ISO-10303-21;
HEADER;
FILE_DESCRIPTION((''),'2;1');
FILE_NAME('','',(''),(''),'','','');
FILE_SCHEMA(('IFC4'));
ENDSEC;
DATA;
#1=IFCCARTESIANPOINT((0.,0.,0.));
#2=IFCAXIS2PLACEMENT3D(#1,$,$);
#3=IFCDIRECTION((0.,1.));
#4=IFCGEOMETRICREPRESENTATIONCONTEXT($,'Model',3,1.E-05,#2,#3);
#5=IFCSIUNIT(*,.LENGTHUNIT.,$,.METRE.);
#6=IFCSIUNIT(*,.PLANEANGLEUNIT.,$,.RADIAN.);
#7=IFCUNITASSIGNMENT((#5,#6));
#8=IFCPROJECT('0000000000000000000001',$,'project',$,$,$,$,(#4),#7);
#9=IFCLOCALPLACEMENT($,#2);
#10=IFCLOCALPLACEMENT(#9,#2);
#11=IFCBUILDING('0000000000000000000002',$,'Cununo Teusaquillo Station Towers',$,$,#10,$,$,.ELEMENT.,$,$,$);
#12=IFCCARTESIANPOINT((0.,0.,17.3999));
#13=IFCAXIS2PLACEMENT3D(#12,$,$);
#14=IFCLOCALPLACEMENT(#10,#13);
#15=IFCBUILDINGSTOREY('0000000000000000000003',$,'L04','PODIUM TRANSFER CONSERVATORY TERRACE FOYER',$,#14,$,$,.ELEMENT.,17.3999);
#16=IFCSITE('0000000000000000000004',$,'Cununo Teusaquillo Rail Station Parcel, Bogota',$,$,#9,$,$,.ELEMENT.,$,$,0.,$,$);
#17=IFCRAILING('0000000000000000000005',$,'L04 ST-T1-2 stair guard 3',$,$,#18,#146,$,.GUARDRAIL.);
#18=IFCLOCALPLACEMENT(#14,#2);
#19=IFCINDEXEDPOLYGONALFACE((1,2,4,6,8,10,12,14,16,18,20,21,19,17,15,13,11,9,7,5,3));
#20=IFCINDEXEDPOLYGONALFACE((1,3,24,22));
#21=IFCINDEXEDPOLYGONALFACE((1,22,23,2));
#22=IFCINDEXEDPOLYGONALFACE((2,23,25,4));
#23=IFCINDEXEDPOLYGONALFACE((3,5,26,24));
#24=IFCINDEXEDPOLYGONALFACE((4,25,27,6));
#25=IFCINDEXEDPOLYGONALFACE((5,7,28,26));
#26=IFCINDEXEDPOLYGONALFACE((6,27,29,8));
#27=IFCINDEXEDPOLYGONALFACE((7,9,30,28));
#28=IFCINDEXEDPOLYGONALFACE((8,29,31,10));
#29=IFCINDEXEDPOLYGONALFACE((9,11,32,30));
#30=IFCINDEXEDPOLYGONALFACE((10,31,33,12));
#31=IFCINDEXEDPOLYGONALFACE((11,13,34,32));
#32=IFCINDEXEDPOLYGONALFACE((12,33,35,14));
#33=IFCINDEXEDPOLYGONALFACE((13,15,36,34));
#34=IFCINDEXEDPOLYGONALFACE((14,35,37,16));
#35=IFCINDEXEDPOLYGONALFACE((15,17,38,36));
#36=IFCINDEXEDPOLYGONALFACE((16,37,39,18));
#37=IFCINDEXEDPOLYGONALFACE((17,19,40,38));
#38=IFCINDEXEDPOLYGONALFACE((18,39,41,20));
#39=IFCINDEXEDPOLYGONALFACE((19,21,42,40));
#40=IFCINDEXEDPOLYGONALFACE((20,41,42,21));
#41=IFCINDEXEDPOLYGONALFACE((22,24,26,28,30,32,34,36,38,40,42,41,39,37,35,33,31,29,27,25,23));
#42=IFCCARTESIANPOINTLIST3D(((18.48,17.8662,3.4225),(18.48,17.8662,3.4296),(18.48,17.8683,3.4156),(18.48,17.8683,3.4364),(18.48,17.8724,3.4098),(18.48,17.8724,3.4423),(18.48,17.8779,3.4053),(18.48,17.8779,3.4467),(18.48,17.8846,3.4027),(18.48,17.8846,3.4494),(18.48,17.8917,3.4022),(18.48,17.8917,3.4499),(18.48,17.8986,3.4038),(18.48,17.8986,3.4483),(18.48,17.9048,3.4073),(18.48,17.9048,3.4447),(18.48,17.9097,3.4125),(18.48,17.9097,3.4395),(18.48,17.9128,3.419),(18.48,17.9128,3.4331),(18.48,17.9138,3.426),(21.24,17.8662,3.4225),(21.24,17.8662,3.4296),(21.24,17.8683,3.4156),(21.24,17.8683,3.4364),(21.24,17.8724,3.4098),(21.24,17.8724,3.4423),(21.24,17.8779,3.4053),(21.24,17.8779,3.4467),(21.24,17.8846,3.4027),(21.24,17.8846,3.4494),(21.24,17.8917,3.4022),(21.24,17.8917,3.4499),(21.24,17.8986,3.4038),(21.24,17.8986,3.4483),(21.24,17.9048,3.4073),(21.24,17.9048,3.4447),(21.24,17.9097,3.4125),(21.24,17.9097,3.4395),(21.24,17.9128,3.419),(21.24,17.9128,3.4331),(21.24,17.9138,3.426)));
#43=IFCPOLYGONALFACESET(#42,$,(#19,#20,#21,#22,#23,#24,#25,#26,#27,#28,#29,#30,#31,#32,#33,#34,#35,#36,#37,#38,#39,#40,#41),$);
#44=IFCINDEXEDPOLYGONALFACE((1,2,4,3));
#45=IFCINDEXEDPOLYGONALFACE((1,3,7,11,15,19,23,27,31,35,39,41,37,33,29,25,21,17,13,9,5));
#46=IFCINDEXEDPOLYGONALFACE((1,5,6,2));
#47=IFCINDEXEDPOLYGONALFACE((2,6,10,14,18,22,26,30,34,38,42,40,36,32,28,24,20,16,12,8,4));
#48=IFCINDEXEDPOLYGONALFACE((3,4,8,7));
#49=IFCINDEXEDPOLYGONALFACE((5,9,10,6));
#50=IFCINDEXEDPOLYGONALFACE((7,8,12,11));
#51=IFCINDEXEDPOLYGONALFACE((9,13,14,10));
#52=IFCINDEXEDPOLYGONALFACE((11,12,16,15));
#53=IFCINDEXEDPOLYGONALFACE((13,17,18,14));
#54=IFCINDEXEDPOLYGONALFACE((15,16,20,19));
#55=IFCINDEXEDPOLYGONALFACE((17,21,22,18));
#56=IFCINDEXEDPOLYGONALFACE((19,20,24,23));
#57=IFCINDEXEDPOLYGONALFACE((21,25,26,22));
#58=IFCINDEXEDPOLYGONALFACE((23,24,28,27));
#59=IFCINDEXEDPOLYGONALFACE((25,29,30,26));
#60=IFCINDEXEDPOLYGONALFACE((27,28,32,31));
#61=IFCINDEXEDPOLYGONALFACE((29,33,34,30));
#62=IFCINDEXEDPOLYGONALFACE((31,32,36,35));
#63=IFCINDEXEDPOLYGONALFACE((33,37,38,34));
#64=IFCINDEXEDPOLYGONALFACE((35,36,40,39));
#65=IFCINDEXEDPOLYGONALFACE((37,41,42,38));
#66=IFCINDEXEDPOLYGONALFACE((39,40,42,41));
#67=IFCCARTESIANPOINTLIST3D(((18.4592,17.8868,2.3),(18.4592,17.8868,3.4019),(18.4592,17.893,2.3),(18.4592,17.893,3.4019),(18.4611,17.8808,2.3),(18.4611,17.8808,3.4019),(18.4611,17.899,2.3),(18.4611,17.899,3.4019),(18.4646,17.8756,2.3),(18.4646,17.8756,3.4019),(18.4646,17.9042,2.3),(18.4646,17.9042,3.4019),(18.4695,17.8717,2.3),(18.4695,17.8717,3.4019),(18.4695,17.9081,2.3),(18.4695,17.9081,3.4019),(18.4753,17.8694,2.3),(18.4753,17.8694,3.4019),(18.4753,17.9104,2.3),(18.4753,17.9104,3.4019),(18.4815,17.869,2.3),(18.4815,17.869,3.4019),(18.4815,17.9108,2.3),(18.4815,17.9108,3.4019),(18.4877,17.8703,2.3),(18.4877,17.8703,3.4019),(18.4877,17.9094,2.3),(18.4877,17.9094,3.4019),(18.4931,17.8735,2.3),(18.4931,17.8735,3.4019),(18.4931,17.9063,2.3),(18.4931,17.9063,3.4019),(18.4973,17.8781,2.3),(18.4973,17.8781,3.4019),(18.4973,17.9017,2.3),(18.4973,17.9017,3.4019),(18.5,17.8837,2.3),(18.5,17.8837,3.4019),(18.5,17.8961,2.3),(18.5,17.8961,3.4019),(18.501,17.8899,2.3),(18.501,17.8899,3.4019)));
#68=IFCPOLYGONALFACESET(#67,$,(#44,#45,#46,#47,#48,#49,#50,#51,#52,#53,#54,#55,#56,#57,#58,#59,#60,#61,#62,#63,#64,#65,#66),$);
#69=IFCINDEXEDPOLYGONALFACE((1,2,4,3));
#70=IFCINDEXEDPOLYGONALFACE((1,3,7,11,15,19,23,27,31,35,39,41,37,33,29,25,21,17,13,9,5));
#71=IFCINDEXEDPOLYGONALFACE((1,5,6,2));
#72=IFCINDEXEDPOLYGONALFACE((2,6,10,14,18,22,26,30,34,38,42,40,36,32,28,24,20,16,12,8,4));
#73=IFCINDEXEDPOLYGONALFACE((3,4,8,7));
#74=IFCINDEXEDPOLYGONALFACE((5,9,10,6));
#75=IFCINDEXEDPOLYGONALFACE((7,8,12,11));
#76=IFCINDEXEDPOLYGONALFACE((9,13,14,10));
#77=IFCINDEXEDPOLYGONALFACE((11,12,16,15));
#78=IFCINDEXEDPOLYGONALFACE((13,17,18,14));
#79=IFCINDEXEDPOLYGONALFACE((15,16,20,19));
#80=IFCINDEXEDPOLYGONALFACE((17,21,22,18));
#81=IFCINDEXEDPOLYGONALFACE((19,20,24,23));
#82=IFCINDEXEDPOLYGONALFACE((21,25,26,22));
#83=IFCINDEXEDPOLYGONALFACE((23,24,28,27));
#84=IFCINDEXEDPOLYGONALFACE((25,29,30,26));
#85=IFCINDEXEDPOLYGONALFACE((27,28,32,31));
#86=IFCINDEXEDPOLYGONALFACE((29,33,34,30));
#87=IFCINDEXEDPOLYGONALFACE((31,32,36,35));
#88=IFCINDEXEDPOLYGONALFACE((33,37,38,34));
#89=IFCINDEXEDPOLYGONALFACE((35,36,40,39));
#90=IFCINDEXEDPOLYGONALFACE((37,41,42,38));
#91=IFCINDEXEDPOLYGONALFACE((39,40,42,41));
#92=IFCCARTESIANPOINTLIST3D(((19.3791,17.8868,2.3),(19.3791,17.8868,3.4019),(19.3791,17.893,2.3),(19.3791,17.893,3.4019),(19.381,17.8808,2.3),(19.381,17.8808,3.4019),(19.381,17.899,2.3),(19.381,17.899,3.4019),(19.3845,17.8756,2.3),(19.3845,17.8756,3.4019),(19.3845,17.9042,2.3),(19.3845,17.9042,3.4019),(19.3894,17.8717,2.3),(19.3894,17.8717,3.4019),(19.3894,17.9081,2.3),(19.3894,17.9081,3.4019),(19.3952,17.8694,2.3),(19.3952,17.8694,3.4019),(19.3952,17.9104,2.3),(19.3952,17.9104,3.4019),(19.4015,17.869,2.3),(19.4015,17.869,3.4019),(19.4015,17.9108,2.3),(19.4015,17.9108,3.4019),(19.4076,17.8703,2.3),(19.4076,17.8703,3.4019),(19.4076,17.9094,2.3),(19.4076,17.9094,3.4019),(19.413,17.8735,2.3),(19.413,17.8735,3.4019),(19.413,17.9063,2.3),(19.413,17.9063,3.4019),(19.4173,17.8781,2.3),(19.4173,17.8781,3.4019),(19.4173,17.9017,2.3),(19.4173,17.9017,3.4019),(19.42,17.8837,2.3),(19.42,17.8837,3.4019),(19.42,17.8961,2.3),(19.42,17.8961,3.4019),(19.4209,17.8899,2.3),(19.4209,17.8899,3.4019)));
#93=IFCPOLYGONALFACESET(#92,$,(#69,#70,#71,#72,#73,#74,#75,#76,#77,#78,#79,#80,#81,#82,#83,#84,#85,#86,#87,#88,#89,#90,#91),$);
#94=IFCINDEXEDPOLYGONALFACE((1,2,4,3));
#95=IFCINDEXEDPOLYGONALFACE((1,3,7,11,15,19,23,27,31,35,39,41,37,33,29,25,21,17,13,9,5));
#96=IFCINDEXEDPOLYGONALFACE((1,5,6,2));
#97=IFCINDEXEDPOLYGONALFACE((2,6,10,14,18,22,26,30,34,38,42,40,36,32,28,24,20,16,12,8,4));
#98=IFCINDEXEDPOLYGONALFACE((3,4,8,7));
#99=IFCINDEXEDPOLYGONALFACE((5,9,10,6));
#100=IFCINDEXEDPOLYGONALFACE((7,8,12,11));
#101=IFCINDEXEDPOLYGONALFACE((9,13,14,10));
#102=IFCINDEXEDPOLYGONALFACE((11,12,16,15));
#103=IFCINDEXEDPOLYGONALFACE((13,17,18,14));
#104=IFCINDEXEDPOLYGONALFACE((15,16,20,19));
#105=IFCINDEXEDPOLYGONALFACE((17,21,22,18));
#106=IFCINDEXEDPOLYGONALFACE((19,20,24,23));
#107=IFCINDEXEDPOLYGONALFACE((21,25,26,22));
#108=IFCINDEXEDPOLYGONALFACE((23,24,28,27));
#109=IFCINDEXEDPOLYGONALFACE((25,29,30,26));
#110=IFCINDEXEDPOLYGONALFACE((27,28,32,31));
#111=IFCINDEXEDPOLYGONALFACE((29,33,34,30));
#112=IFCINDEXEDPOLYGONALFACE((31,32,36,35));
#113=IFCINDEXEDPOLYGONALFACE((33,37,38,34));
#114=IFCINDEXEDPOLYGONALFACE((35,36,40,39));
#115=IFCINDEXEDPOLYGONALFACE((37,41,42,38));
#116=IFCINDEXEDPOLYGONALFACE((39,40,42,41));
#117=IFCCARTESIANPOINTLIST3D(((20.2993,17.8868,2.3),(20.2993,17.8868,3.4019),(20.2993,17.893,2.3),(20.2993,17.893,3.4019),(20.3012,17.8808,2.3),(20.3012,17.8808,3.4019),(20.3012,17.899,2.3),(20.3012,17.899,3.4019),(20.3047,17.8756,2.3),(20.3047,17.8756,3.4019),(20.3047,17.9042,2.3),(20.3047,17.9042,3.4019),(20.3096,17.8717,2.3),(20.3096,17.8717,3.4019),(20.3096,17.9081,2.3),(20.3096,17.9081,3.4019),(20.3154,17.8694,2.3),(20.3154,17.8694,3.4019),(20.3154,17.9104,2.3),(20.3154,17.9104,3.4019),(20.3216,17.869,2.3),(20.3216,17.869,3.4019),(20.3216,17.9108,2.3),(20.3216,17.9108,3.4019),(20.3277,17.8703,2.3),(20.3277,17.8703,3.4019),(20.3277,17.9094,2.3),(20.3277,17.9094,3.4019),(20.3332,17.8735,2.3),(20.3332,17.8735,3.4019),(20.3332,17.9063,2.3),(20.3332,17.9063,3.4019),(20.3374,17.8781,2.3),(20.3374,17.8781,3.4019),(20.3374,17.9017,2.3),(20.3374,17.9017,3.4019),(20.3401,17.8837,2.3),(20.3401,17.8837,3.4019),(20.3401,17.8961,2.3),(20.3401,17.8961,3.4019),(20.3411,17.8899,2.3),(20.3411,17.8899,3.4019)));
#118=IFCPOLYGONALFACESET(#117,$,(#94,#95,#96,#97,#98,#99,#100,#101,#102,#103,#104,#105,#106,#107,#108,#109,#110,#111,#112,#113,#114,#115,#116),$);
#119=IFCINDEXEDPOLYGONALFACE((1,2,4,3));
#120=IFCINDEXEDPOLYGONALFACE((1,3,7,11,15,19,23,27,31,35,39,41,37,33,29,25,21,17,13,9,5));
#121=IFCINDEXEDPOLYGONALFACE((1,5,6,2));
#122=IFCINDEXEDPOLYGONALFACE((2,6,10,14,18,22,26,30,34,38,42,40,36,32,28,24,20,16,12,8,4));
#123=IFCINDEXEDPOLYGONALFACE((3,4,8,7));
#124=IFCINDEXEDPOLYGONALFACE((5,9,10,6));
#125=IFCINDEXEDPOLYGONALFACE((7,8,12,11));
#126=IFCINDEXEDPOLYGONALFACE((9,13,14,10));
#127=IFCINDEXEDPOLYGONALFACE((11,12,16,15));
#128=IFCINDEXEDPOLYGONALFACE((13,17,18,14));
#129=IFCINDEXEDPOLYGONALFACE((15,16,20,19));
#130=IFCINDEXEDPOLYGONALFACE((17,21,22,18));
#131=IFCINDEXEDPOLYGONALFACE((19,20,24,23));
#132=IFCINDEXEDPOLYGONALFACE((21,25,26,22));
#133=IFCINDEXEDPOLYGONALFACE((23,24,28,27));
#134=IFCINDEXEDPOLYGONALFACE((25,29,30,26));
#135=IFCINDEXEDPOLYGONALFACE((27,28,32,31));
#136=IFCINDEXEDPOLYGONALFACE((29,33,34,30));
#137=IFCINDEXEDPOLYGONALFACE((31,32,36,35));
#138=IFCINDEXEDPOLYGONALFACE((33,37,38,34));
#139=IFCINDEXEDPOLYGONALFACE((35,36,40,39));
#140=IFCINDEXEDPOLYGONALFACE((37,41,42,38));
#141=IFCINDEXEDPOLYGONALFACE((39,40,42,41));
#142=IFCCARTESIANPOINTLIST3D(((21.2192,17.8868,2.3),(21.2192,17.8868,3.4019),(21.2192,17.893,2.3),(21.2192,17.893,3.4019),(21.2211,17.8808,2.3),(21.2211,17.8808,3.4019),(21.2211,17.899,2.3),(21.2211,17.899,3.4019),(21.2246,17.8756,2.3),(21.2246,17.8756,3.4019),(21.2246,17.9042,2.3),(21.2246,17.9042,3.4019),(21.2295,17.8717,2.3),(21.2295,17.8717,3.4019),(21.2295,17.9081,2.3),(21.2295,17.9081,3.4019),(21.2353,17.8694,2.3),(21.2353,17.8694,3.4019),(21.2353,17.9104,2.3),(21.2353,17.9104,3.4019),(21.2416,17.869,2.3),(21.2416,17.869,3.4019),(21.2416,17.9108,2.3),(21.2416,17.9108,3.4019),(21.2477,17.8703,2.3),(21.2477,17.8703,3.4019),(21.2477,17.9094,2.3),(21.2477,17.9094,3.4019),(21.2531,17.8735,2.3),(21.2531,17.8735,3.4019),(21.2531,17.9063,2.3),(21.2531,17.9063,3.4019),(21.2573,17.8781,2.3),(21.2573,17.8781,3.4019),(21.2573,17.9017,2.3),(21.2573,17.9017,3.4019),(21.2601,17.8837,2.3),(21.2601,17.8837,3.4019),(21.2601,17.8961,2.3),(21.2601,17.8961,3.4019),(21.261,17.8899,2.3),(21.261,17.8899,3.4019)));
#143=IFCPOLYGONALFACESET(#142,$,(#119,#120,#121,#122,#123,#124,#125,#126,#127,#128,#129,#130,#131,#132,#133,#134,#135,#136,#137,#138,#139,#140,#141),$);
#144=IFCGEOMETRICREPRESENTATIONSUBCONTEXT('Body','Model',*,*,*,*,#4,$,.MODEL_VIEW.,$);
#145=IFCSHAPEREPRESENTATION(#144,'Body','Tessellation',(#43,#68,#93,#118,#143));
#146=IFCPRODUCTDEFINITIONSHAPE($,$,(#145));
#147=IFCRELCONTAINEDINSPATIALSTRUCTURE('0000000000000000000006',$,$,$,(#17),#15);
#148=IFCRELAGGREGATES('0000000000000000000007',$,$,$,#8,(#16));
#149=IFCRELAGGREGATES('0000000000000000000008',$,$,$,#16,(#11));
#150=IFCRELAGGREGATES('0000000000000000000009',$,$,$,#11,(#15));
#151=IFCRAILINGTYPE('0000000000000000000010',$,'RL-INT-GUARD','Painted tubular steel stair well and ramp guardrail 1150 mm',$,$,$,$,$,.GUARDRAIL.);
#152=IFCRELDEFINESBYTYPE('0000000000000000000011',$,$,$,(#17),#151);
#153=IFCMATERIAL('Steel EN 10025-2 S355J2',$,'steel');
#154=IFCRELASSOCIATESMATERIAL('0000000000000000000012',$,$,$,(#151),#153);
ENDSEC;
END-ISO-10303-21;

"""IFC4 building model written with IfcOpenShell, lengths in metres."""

from ifc_helpers import new_model, si_unit, direction, frame, origin, origin_2d, place, context, subcontext, project, spatial, circle, extrude, material, type_object, element, save


model = new_model("IFC4")

# Units and contexts
model_context = context("Model", 3, precision=1e-05, world=origin(), true_north=direction((0.0, 1.0)))
body_context = subcontext(model_context, "Body", "Model", "MODEL_VIEW")
ifc_project = project(units=[si_unit("LENGTHUNIT", "METRE"), si_unit("PLANEANGLEUNIT", "RADIAN")], contexts=[model_context])

# Site, building, storey
site_placement = place(None, origin())
site = spatial("IfcSite", under=ifc_project, at=site_placement, Name="Cununo Teusaquillo Rail Station Parcel, Bogota", CompositionType="ELEMENT", RefElevation=0.0)
building_placement = place(site_placement, origin())
building = spatial("IfcBuilding", under=site, at=building_placement, Name="Cununo Teusaquillo Station Towers", CompositionType="ELEMENT")
storey_placement = place(building_placement, frame((0.0, 0.0, 17.3999)))
storey = spatial("IfcBuildingStorey", under=building, at=storey_placement, Name="L04", Description="PODIUM TRANSFER CONSERVATORY TERRACE FOYER", CompositionType="ELEMENT", Elevation=17.3999)

# Railing
ifc_material_1 = material(Name="Steel EN 10025-2 S355J2", Category="steel")
railing_type_1 = type_object("IfcRailingType", Name="RL-INT-GUARD", Description="Painted tubular steel stair well and ramp guardrail 1150 mm", PredefinedType="GUARDRAIL", material=ifc_material_1)
railing_1_placement = place(storey_placement, frame((18.48, 17.8899, 2.3)))
element("IfcRailing", 1, at=railing_1_placement, inside=storey, type_object=railing_type_1, Name="L04 ST-T1-2 stair guard 3", PredefinedType="GUARDRAIL", context=body_context, shape_type="SweptSolid", body=[
    extrude(circle(Radius=0.0239, at=origin_2d()), frame((0.0, 0.0, 1.126), z_axis=(1.0, 0.0, 0.0), x_axis=(0.0, 1.0, 0.0)), (0.0, 0.0, 1.0), 2.76),
    extrude(circle(Radius=0.021, at=origin_2d()), origin(), (0.0, 0.0, 1.0), 1.1018),
    extrude(circle(Radius=0.021, at=origin_2d()), frame((0.9199, 0.0, 0.0)), (0.0, 0.0, 1.0), 1.1018),
    extrude(circle(Radius=0.021, at=origin_2d()), frame((1.8401, 0.0, 0.0)), (0.0, 0.0, 1.0), 1.1018),
    extrude(circle(Radius=0.021, at=origin_2d()), frame((2.76, 0.0, 0.0)), (0.0, 0.0, 1.0), 1.1018),
])

save(model, "model.ifc")
